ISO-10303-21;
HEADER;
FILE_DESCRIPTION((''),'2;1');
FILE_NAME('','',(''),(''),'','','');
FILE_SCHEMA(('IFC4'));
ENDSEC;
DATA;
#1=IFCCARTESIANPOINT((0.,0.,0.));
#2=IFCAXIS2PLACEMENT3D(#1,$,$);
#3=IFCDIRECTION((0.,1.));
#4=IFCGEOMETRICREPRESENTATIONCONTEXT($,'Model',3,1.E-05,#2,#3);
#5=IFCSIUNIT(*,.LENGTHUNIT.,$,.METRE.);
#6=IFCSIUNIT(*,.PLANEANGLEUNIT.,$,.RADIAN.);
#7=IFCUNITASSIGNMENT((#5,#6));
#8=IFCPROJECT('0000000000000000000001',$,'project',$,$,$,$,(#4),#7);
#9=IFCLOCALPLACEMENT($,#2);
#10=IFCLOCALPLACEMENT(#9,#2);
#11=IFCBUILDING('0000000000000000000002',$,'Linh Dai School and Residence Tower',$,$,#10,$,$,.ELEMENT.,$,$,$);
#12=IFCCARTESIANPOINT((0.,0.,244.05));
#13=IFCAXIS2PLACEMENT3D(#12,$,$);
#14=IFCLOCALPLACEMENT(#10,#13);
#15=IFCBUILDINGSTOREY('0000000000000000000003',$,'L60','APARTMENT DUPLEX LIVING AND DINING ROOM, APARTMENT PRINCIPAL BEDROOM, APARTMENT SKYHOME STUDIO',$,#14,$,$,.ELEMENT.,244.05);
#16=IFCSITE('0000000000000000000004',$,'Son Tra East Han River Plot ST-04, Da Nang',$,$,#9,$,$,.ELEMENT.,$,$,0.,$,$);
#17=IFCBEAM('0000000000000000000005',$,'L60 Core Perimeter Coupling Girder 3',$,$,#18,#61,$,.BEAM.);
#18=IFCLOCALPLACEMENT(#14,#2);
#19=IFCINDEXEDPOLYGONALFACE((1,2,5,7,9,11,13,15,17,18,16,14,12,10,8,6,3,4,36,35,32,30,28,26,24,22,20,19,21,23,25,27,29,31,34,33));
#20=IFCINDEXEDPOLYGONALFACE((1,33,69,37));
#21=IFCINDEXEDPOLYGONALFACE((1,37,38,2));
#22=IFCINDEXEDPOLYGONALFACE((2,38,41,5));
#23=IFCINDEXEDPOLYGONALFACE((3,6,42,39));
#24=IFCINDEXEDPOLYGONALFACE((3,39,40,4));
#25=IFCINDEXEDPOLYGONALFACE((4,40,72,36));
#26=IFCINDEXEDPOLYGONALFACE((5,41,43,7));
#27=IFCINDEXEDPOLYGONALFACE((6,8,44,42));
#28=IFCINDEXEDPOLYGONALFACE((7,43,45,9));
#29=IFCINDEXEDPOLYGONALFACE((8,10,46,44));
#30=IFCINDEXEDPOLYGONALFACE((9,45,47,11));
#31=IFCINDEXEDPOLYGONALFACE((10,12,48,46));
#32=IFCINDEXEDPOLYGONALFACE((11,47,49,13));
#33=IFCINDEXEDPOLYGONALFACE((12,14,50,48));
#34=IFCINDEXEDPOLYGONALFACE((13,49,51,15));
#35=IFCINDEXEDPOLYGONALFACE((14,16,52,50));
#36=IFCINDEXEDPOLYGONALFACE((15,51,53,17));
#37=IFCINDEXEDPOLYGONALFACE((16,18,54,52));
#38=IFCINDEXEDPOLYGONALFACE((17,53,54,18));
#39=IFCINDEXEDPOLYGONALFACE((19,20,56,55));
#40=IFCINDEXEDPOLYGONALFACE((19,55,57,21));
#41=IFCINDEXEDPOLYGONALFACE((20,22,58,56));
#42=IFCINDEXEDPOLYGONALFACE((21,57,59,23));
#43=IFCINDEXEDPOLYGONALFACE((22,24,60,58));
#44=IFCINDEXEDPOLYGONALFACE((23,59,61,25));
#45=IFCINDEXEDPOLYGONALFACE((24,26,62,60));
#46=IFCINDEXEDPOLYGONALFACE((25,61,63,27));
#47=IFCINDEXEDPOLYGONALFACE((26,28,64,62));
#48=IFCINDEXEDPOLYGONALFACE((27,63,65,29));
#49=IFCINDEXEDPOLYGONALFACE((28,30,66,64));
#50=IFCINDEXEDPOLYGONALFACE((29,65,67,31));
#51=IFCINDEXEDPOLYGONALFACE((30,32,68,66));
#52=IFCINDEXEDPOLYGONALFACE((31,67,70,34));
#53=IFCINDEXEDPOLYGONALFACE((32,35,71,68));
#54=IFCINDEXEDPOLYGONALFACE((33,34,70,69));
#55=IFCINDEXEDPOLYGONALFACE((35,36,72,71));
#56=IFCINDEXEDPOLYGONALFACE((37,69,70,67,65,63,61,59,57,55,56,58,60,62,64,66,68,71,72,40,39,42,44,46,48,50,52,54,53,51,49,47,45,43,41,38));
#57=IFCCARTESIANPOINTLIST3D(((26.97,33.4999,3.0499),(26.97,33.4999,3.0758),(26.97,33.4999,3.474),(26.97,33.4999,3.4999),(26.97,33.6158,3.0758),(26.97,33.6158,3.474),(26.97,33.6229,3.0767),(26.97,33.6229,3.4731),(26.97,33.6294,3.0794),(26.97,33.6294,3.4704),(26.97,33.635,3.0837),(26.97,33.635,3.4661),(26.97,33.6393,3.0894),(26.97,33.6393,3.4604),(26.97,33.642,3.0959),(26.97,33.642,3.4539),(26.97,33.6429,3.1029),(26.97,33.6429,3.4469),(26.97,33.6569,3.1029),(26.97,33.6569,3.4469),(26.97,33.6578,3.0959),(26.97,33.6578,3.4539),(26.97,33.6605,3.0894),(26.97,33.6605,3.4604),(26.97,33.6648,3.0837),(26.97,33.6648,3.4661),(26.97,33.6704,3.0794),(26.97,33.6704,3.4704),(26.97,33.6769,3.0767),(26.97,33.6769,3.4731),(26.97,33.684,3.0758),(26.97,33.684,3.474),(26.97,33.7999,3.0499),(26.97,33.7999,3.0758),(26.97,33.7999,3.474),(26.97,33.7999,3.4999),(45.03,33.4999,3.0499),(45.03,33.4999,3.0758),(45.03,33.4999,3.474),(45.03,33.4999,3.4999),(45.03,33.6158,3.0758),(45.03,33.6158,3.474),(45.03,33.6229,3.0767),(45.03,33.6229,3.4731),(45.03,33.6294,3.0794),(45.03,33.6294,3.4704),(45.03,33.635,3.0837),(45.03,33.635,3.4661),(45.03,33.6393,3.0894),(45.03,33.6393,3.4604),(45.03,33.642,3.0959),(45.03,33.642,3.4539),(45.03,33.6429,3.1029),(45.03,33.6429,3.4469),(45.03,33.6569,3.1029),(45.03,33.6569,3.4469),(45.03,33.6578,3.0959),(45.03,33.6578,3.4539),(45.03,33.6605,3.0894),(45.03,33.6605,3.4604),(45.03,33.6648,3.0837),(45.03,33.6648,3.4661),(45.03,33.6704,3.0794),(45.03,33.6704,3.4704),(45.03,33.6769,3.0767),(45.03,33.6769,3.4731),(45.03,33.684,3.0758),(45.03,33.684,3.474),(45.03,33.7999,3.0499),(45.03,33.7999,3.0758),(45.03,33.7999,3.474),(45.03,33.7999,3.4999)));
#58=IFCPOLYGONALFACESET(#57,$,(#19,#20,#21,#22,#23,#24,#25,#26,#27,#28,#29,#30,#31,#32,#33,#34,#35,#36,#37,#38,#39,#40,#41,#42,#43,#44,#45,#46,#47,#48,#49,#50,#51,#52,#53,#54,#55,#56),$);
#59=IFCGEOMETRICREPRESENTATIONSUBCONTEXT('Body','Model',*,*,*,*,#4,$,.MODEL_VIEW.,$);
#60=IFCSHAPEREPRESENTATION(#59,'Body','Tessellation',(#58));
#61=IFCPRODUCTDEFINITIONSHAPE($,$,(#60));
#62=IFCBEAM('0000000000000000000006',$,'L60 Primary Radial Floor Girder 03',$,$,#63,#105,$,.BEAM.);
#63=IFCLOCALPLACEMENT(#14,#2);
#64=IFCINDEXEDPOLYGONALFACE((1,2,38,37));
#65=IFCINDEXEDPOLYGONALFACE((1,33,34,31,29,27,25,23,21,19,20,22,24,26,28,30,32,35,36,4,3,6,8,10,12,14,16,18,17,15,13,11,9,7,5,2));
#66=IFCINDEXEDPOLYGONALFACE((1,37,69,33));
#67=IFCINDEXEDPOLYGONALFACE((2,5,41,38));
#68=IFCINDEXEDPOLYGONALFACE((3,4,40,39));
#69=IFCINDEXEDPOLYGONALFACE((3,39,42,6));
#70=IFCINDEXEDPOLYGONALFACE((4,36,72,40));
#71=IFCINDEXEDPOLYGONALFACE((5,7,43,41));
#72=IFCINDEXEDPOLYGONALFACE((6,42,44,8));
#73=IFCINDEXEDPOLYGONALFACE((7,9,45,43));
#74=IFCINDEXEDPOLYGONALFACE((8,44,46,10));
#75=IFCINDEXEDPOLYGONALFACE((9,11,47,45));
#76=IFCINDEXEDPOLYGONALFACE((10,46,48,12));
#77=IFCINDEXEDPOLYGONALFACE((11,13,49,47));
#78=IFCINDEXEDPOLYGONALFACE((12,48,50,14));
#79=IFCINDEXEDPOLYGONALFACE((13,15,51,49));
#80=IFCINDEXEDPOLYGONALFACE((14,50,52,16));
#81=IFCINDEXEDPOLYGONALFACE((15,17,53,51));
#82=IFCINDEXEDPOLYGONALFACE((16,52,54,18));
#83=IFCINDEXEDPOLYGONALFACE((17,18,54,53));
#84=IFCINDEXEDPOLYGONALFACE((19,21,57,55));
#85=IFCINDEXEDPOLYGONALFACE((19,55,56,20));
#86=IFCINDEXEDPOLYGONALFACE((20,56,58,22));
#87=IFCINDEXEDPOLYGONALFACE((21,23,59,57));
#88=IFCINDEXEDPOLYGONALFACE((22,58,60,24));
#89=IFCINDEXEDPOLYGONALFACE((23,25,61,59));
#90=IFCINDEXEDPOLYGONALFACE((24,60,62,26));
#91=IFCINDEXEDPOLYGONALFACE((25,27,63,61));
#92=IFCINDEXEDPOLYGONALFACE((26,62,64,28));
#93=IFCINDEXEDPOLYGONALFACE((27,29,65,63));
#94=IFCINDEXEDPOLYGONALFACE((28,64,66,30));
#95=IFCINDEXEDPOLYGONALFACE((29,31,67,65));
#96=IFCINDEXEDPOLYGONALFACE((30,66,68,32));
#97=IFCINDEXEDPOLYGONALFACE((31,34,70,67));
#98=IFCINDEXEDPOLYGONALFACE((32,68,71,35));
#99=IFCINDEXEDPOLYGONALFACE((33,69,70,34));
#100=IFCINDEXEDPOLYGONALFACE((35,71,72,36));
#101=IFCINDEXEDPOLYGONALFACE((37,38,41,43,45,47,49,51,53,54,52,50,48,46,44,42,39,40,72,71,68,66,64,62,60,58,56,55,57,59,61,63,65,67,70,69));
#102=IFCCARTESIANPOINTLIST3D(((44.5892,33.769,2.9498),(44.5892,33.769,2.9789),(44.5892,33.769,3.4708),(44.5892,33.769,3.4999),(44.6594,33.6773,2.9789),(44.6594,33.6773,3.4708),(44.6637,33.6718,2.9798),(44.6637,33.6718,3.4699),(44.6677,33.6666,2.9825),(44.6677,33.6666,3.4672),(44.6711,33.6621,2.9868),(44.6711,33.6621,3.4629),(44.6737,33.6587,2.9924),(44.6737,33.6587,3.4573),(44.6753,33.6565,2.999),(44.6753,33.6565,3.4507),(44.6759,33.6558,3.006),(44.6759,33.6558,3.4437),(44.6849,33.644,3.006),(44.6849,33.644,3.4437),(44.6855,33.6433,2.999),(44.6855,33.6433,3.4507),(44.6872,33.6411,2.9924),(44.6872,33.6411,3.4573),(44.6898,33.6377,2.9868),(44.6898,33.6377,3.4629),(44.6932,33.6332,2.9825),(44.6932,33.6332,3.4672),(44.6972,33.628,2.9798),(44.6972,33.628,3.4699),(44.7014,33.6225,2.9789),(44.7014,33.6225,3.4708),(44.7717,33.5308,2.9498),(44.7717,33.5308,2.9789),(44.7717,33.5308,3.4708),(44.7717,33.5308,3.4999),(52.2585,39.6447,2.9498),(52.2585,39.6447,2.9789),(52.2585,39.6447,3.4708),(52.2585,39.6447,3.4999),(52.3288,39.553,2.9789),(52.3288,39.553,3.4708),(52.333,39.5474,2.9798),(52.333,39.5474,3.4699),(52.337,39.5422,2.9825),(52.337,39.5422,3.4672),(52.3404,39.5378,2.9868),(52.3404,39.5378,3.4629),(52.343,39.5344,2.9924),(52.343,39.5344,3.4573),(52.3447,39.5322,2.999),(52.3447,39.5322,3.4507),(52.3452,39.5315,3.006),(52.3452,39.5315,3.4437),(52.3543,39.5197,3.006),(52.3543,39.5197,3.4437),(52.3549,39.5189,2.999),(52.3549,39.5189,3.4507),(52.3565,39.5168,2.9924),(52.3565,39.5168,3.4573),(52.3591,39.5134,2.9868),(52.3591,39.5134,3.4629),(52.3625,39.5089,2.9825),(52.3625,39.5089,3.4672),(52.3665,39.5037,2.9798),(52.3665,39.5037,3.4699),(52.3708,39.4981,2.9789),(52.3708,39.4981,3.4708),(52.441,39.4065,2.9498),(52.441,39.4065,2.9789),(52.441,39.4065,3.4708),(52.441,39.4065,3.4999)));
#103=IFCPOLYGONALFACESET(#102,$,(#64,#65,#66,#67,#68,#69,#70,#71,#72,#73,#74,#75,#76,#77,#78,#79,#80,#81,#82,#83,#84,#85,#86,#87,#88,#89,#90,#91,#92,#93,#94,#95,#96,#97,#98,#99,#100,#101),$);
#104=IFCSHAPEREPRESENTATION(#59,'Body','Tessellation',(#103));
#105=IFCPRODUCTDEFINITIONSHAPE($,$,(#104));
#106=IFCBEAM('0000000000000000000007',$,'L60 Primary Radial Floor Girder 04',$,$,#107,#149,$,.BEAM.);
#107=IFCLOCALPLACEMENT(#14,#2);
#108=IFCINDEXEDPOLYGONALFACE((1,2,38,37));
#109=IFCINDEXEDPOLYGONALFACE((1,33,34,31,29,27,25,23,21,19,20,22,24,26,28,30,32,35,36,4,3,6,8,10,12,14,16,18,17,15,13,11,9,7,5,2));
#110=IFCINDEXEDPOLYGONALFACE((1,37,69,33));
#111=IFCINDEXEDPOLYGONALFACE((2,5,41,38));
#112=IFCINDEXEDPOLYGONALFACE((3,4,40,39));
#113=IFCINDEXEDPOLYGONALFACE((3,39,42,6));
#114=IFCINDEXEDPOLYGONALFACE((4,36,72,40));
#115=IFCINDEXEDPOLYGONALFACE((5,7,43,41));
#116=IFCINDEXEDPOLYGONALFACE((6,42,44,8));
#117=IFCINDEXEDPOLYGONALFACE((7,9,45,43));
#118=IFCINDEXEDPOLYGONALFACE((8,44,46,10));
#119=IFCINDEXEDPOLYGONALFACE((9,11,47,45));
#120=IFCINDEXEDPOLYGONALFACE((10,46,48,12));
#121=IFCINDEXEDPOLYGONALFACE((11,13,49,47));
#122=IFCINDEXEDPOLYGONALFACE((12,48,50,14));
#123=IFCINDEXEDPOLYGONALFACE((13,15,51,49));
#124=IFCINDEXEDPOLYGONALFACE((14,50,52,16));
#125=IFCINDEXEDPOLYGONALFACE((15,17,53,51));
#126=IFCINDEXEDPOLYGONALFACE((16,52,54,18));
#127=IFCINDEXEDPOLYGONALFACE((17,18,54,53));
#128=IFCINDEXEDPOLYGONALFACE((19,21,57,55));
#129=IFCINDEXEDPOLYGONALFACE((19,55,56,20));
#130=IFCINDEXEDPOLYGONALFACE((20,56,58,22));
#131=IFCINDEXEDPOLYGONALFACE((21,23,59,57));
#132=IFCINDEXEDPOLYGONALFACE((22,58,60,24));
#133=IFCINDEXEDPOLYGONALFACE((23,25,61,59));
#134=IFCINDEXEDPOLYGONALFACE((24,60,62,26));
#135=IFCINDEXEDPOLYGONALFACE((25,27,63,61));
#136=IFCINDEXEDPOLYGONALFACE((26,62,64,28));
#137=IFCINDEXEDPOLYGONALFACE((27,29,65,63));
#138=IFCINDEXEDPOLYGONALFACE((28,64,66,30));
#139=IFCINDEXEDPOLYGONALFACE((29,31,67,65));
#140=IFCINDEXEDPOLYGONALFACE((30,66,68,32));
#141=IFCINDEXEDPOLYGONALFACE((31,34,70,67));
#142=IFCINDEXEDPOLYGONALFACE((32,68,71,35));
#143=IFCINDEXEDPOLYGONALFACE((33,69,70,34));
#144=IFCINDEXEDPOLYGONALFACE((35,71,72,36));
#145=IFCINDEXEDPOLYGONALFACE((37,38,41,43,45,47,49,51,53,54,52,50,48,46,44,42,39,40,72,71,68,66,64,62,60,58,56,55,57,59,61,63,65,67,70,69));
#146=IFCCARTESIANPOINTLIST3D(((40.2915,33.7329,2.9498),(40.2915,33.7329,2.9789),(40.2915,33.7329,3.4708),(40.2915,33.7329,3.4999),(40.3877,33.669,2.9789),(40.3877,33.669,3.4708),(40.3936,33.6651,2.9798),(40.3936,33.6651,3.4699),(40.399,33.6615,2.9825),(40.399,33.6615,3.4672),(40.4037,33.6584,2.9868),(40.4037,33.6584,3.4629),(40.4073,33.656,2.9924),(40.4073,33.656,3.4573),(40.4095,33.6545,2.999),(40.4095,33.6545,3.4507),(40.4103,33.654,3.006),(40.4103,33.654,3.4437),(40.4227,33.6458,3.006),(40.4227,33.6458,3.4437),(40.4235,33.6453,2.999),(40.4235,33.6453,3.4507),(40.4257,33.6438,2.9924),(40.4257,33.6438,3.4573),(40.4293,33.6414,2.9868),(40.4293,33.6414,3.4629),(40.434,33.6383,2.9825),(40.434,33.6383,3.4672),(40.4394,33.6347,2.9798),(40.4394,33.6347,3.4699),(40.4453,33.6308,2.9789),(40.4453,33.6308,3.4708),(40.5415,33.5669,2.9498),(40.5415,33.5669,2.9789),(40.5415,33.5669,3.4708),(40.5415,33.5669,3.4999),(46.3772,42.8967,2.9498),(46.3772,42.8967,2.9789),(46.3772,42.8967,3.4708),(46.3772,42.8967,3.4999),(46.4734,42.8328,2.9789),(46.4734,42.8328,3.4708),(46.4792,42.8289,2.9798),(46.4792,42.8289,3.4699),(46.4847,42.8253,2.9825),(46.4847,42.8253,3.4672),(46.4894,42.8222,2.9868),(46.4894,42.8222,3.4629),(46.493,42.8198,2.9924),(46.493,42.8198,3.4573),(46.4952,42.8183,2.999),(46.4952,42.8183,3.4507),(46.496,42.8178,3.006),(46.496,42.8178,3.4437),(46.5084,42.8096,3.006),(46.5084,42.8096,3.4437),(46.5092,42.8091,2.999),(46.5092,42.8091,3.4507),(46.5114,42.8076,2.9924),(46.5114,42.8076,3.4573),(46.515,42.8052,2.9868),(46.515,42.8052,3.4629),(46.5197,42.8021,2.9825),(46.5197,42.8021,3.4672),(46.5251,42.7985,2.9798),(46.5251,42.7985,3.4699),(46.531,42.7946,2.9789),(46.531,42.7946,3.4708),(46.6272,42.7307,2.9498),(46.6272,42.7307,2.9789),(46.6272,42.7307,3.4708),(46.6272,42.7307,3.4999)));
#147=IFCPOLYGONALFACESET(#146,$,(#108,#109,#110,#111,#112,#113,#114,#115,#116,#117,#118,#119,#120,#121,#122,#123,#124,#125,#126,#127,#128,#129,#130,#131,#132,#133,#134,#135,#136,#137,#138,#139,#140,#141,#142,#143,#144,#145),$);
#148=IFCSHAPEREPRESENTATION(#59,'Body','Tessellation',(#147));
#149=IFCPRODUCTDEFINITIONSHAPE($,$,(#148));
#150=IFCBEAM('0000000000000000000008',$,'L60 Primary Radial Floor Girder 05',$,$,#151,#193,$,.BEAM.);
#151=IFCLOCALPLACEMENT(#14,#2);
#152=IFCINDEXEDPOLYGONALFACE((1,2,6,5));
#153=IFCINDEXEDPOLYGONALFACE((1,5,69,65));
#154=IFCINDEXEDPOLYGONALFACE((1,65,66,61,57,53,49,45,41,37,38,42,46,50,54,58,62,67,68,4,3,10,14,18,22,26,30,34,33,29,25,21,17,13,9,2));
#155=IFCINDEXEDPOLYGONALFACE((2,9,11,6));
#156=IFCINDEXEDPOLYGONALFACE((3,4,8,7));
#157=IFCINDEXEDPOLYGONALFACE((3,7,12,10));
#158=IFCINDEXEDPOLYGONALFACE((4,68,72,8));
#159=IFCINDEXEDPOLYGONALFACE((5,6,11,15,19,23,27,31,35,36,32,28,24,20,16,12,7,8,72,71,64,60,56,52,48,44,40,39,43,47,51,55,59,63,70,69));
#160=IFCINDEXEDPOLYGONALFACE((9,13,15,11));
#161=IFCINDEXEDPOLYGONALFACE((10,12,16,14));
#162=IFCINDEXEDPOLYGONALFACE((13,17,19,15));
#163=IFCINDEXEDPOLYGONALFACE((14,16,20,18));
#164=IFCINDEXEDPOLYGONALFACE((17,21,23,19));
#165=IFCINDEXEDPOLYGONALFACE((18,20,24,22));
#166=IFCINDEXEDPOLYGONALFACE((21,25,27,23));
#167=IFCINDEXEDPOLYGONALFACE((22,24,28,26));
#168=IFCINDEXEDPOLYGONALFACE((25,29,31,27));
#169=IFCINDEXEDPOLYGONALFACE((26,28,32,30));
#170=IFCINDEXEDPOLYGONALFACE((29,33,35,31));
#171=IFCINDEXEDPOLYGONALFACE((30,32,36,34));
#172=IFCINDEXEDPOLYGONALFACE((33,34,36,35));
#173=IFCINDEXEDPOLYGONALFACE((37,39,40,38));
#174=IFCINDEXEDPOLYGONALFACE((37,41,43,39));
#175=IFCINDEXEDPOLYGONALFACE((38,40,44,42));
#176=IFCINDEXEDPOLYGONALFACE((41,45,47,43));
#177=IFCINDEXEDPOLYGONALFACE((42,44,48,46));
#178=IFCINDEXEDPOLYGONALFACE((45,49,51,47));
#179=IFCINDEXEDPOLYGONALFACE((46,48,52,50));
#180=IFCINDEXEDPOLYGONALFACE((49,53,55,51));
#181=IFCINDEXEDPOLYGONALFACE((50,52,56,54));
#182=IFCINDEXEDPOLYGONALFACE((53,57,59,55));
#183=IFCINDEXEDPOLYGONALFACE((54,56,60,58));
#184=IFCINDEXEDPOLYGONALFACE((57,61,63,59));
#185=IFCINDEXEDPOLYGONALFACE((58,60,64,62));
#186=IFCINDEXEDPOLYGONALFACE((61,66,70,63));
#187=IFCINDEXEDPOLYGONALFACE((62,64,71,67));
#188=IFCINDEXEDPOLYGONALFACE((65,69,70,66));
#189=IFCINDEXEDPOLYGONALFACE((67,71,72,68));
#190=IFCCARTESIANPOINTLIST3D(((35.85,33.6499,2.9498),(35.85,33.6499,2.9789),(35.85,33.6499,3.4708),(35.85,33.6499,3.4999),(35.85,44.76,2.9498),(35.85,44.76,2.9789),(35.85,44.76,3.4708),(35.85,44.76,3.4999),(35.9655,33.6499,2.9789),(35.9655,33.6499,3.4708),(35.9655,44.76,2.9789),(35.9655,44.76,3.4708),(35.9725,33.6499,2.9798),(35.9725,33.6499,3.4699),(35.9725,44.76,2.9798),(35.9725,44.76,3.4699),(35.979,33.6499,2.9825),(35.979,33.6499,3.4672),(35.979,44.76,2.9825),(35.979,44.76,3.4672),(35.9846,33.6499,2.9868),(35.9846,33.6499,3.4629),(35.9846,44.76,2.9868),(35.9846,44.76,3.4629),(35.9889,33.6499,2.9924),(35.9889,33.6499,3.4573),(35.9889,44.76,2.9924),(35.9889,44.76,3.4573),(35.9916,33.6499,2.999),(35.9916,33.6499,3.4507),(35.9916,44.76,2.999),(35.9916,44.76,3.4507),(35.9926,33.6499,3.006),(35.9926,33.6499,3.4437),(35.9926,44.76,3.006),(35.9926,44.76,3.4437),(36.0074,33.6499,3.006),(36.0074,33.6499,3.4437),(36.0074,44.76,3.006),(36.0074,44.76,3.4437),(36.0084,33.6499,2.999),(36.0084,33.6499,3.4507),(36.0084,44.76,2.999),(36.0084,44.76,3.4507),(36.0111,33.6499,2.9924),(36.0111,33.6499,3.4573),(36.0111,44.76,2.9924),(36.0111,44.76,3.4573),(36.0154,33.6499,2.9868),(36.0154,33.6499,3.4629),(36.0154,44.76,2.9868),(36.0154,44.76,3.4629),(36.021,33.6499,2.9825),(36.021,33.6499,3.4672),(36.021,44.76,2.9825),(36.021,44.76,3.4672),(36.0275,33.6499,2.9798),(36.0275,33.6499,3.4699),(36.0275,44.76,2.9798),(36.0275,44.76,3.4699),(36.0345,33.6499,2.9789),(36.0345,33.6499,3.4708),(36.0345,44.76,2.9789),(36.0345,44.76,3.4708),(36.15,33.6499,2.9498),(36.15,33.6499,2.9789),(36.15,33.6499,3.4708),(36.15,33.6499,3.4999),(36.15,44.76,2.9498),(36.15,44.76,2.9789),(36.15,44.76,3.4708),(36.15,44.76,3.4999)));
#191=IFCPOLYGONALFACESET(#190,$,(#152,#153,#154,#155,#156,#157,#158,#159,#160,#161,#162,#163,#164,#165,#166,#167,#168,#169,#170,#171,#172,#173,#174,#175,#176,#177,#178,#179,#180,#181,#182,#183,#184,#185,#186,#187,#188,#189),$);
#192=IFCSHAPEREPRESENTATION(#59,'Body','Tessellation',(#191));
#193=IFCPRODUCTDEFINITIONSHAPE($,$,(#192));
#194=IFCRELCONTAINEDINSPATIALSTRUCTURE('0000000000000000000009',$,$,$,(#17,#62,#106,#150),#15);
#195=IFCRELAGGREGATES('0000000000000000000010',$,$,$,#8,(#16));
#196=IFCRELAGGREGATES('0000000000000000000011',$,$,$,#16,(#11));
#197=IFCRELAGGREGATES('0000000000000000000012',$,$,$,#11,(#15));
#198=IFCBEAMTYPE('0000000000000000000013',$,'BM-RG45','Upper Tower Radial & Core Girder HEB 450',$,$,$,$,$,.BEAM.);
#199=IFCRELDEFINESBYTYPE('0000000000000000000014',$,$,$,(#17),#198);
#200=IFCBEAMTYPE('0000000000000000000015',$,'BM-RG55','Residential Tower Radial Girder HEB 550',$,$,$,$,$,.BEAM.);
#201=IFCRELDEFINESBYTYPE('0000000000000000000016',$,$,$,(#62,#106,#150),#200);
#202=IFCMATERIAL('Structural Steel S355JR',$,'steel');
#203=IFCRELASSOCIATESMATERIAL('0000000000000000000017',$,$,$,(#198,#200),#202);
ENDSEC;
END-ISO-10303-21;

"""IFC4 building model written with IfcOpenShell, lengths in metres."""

from ifc_helpers import new_model, si_unit, direction, frame, origin, origin_2d, place, context, subcontext, project, spatial, i_section, extrude, material, material_profile, profile_set, type_object, element, save


model = new_model("IFC4")

# Units and contexts
model_context = context("Model", 3, precision=1e-05, world=origin(), true_north=direction((0.0, 1.0)))
body_context = subcontext(model_context, "Body", "Model", "MODEL_VIEW")
ifc_project = project(units=[si_unit("LENGTHUNIT", "METRE"), si_unit("PLANEANGLEUNIT", "RADIAN")], contexts=[model_context])

# Site, building, storey
site_placement = place(None, origin())
site = spatial("IfcSite", under=ifc_project, at=site_placement, Name="Son Tra East Han River Plot ST-04, Da Nang", CompositionType="ELEMENT", RefElevation=0.0)
building_placement = place(site_placement, origin())
building = spatial("IfcBuilding", under=site, at=building_placement, Name="Linh Dai School and Residence Tower", CompositionType="ELEMENT")
storey_placement = place(building_placement, frame((0.0, 0.0, 244.05)))
storey = spatial("IfcBuildingStorey", under=building, at=storey_placement, Name="L60", Description="APARTMENT DUPLEX LIVING AND DINING ROOM, APARTMENT PRINCIPAL BEDROOM, APARTMENT SKYHOME STUDIO", CompositionType="ELEMENT", Elevation=244.05)

# Shared definitions
ifc_material_1 = material(Name="Structural Steel S355JR", Category="steel")

# Beams
ifc_material_profile_1 = material_profile(ifc_material_1, i_section(OverallWidth=0.3, OverallDepth=0.45, WebThickness=0.0139, FlangeThickness=0.0259, FilletRadius=0.0271, at=origin_2d()), Name="HEB 450")
ifc_profile_set_1 = profile_set([ifc_material_profile_1], Name="Structural Steel S355JR")
beam_type_1 = type_object("IfcBeamType", Name="BM-RG45", Description="Upper Tower Radial & Core Girder HEB 450", PredefinedType="BEAM", material=ifc_profile_set_1)
beam_1_placement = place(storey_placement, frame((45.03, 33.6499, 3.2749), z_axis=(-1.0, 0.0, 0.0), x_axis=(0.0, -1.0, 0.0)))
element("IfcBeam", 1, at=beam_1_placement, inside=storey, type_object=beam_type_1, Name="L60 Core Perimeter Coupling Girder 3", PredefinedType="BEAM", context=body_context, shape_type="SweptSolid", body=[
    extrude(i_section(OverallWidth=0.3, OverallDepth=0.45, WebThickness=0.0139, FlangeThickness=0.0259, FilletRadius=0.0271, at=origin_2d()), origin(), (0.0, 0.0, 1.0), 18.0601),
])
ifc_material_profile_2 = material_profile(ifc_material_1, i_section(OverallWidth=0.3, OverallDepth=0.55, WebThickness=0.0149, FlangeThickness=0.0291, FilletRadius=0.0271, at=origin_2d()), Name="HEB 550")
ifc_profile_set_2 = profile_set([ifc_material_profile_2], Name="Structural Steel S355JR")
beam_type_2 = type_object("IfcBeamType", Name="BM-RG55", Description="Residential Tower Radial Girder HEB 550", PredefinedType="BEAM", material=ifc_profile_set_2)
beam_2_placement = place(storey_placement, frame((44.6804, 33.6499, 3.2249), z_axis=(0.793815, 0.60816, 0.0), x_axis=(-0.60816, 0.793815, 0.0)))
element("IfcBeam", 2, at=beam_2_placement, inside=storey, type_object=beam_type_2, Name="L60 Primary Radial Floor Girder 03", PredefinedType="BEAM", context=body_context, shape_type="SweptSolid", body=[
    extrude(i_section(OverallWidth=0.3, OverallDepth=0.55, WebThickness=0.0149, FlangeThickness=0.0291, FilletRadius=0.0271, at=origin_2d()), origin(), (0.0, 0.0, 1.0), 9.6614),
])
beam_3_placement = place(storey_placement, frame((40.4165, 33.6499, 3.2249), z_axis=(0.553219, 0.833036, 0.0), x_axis=(-0.833036, 0.553219, 0.0)))
element("IfcBeam", 3, at=beam_3_placement, inside=storey, type_object=beam_type_2, Name="L60 Primary Radial Floor Girder 04", PredefinedType="BEAM", context=body_context, shape_type="SweptSolid", body=[
    extrude(i_section(OverallWidth=0.3, OverallDepth=0.55, WebThickness=0.0149, FlangeThickness=0.0291, FilletRadius=0.0271, at=origin_2d()), origin(), (0.0, 0.0, 1.0), 11.0005),
])
beam_4_placement = place(storey_placement, frame((36.0, 33.6499, 3.2249), z_axis=(0.0, 1.0, 0.0), x_axis=(-1.0, 0.0, 0.0)))
element("IfcBeam", 4, at=beam_4_placement, inside=storey, type_object=beam_type_2, Name="L60 Primary Radial Floor Girder 05", PredefinedType="BEAM", context=body_context, shape_type="SweptSolid", body=[
    extrude(i_section(OverallWidth=0.3, OverallDepth=0.55, WebThickness=0.0149, FlangeThickness=0.0291, FilletRadius=0.0271, at=origin_2d()), origin(), (0.0, 0.0, 1.0), 11.1101),
])

save(model, "model.ifc")
